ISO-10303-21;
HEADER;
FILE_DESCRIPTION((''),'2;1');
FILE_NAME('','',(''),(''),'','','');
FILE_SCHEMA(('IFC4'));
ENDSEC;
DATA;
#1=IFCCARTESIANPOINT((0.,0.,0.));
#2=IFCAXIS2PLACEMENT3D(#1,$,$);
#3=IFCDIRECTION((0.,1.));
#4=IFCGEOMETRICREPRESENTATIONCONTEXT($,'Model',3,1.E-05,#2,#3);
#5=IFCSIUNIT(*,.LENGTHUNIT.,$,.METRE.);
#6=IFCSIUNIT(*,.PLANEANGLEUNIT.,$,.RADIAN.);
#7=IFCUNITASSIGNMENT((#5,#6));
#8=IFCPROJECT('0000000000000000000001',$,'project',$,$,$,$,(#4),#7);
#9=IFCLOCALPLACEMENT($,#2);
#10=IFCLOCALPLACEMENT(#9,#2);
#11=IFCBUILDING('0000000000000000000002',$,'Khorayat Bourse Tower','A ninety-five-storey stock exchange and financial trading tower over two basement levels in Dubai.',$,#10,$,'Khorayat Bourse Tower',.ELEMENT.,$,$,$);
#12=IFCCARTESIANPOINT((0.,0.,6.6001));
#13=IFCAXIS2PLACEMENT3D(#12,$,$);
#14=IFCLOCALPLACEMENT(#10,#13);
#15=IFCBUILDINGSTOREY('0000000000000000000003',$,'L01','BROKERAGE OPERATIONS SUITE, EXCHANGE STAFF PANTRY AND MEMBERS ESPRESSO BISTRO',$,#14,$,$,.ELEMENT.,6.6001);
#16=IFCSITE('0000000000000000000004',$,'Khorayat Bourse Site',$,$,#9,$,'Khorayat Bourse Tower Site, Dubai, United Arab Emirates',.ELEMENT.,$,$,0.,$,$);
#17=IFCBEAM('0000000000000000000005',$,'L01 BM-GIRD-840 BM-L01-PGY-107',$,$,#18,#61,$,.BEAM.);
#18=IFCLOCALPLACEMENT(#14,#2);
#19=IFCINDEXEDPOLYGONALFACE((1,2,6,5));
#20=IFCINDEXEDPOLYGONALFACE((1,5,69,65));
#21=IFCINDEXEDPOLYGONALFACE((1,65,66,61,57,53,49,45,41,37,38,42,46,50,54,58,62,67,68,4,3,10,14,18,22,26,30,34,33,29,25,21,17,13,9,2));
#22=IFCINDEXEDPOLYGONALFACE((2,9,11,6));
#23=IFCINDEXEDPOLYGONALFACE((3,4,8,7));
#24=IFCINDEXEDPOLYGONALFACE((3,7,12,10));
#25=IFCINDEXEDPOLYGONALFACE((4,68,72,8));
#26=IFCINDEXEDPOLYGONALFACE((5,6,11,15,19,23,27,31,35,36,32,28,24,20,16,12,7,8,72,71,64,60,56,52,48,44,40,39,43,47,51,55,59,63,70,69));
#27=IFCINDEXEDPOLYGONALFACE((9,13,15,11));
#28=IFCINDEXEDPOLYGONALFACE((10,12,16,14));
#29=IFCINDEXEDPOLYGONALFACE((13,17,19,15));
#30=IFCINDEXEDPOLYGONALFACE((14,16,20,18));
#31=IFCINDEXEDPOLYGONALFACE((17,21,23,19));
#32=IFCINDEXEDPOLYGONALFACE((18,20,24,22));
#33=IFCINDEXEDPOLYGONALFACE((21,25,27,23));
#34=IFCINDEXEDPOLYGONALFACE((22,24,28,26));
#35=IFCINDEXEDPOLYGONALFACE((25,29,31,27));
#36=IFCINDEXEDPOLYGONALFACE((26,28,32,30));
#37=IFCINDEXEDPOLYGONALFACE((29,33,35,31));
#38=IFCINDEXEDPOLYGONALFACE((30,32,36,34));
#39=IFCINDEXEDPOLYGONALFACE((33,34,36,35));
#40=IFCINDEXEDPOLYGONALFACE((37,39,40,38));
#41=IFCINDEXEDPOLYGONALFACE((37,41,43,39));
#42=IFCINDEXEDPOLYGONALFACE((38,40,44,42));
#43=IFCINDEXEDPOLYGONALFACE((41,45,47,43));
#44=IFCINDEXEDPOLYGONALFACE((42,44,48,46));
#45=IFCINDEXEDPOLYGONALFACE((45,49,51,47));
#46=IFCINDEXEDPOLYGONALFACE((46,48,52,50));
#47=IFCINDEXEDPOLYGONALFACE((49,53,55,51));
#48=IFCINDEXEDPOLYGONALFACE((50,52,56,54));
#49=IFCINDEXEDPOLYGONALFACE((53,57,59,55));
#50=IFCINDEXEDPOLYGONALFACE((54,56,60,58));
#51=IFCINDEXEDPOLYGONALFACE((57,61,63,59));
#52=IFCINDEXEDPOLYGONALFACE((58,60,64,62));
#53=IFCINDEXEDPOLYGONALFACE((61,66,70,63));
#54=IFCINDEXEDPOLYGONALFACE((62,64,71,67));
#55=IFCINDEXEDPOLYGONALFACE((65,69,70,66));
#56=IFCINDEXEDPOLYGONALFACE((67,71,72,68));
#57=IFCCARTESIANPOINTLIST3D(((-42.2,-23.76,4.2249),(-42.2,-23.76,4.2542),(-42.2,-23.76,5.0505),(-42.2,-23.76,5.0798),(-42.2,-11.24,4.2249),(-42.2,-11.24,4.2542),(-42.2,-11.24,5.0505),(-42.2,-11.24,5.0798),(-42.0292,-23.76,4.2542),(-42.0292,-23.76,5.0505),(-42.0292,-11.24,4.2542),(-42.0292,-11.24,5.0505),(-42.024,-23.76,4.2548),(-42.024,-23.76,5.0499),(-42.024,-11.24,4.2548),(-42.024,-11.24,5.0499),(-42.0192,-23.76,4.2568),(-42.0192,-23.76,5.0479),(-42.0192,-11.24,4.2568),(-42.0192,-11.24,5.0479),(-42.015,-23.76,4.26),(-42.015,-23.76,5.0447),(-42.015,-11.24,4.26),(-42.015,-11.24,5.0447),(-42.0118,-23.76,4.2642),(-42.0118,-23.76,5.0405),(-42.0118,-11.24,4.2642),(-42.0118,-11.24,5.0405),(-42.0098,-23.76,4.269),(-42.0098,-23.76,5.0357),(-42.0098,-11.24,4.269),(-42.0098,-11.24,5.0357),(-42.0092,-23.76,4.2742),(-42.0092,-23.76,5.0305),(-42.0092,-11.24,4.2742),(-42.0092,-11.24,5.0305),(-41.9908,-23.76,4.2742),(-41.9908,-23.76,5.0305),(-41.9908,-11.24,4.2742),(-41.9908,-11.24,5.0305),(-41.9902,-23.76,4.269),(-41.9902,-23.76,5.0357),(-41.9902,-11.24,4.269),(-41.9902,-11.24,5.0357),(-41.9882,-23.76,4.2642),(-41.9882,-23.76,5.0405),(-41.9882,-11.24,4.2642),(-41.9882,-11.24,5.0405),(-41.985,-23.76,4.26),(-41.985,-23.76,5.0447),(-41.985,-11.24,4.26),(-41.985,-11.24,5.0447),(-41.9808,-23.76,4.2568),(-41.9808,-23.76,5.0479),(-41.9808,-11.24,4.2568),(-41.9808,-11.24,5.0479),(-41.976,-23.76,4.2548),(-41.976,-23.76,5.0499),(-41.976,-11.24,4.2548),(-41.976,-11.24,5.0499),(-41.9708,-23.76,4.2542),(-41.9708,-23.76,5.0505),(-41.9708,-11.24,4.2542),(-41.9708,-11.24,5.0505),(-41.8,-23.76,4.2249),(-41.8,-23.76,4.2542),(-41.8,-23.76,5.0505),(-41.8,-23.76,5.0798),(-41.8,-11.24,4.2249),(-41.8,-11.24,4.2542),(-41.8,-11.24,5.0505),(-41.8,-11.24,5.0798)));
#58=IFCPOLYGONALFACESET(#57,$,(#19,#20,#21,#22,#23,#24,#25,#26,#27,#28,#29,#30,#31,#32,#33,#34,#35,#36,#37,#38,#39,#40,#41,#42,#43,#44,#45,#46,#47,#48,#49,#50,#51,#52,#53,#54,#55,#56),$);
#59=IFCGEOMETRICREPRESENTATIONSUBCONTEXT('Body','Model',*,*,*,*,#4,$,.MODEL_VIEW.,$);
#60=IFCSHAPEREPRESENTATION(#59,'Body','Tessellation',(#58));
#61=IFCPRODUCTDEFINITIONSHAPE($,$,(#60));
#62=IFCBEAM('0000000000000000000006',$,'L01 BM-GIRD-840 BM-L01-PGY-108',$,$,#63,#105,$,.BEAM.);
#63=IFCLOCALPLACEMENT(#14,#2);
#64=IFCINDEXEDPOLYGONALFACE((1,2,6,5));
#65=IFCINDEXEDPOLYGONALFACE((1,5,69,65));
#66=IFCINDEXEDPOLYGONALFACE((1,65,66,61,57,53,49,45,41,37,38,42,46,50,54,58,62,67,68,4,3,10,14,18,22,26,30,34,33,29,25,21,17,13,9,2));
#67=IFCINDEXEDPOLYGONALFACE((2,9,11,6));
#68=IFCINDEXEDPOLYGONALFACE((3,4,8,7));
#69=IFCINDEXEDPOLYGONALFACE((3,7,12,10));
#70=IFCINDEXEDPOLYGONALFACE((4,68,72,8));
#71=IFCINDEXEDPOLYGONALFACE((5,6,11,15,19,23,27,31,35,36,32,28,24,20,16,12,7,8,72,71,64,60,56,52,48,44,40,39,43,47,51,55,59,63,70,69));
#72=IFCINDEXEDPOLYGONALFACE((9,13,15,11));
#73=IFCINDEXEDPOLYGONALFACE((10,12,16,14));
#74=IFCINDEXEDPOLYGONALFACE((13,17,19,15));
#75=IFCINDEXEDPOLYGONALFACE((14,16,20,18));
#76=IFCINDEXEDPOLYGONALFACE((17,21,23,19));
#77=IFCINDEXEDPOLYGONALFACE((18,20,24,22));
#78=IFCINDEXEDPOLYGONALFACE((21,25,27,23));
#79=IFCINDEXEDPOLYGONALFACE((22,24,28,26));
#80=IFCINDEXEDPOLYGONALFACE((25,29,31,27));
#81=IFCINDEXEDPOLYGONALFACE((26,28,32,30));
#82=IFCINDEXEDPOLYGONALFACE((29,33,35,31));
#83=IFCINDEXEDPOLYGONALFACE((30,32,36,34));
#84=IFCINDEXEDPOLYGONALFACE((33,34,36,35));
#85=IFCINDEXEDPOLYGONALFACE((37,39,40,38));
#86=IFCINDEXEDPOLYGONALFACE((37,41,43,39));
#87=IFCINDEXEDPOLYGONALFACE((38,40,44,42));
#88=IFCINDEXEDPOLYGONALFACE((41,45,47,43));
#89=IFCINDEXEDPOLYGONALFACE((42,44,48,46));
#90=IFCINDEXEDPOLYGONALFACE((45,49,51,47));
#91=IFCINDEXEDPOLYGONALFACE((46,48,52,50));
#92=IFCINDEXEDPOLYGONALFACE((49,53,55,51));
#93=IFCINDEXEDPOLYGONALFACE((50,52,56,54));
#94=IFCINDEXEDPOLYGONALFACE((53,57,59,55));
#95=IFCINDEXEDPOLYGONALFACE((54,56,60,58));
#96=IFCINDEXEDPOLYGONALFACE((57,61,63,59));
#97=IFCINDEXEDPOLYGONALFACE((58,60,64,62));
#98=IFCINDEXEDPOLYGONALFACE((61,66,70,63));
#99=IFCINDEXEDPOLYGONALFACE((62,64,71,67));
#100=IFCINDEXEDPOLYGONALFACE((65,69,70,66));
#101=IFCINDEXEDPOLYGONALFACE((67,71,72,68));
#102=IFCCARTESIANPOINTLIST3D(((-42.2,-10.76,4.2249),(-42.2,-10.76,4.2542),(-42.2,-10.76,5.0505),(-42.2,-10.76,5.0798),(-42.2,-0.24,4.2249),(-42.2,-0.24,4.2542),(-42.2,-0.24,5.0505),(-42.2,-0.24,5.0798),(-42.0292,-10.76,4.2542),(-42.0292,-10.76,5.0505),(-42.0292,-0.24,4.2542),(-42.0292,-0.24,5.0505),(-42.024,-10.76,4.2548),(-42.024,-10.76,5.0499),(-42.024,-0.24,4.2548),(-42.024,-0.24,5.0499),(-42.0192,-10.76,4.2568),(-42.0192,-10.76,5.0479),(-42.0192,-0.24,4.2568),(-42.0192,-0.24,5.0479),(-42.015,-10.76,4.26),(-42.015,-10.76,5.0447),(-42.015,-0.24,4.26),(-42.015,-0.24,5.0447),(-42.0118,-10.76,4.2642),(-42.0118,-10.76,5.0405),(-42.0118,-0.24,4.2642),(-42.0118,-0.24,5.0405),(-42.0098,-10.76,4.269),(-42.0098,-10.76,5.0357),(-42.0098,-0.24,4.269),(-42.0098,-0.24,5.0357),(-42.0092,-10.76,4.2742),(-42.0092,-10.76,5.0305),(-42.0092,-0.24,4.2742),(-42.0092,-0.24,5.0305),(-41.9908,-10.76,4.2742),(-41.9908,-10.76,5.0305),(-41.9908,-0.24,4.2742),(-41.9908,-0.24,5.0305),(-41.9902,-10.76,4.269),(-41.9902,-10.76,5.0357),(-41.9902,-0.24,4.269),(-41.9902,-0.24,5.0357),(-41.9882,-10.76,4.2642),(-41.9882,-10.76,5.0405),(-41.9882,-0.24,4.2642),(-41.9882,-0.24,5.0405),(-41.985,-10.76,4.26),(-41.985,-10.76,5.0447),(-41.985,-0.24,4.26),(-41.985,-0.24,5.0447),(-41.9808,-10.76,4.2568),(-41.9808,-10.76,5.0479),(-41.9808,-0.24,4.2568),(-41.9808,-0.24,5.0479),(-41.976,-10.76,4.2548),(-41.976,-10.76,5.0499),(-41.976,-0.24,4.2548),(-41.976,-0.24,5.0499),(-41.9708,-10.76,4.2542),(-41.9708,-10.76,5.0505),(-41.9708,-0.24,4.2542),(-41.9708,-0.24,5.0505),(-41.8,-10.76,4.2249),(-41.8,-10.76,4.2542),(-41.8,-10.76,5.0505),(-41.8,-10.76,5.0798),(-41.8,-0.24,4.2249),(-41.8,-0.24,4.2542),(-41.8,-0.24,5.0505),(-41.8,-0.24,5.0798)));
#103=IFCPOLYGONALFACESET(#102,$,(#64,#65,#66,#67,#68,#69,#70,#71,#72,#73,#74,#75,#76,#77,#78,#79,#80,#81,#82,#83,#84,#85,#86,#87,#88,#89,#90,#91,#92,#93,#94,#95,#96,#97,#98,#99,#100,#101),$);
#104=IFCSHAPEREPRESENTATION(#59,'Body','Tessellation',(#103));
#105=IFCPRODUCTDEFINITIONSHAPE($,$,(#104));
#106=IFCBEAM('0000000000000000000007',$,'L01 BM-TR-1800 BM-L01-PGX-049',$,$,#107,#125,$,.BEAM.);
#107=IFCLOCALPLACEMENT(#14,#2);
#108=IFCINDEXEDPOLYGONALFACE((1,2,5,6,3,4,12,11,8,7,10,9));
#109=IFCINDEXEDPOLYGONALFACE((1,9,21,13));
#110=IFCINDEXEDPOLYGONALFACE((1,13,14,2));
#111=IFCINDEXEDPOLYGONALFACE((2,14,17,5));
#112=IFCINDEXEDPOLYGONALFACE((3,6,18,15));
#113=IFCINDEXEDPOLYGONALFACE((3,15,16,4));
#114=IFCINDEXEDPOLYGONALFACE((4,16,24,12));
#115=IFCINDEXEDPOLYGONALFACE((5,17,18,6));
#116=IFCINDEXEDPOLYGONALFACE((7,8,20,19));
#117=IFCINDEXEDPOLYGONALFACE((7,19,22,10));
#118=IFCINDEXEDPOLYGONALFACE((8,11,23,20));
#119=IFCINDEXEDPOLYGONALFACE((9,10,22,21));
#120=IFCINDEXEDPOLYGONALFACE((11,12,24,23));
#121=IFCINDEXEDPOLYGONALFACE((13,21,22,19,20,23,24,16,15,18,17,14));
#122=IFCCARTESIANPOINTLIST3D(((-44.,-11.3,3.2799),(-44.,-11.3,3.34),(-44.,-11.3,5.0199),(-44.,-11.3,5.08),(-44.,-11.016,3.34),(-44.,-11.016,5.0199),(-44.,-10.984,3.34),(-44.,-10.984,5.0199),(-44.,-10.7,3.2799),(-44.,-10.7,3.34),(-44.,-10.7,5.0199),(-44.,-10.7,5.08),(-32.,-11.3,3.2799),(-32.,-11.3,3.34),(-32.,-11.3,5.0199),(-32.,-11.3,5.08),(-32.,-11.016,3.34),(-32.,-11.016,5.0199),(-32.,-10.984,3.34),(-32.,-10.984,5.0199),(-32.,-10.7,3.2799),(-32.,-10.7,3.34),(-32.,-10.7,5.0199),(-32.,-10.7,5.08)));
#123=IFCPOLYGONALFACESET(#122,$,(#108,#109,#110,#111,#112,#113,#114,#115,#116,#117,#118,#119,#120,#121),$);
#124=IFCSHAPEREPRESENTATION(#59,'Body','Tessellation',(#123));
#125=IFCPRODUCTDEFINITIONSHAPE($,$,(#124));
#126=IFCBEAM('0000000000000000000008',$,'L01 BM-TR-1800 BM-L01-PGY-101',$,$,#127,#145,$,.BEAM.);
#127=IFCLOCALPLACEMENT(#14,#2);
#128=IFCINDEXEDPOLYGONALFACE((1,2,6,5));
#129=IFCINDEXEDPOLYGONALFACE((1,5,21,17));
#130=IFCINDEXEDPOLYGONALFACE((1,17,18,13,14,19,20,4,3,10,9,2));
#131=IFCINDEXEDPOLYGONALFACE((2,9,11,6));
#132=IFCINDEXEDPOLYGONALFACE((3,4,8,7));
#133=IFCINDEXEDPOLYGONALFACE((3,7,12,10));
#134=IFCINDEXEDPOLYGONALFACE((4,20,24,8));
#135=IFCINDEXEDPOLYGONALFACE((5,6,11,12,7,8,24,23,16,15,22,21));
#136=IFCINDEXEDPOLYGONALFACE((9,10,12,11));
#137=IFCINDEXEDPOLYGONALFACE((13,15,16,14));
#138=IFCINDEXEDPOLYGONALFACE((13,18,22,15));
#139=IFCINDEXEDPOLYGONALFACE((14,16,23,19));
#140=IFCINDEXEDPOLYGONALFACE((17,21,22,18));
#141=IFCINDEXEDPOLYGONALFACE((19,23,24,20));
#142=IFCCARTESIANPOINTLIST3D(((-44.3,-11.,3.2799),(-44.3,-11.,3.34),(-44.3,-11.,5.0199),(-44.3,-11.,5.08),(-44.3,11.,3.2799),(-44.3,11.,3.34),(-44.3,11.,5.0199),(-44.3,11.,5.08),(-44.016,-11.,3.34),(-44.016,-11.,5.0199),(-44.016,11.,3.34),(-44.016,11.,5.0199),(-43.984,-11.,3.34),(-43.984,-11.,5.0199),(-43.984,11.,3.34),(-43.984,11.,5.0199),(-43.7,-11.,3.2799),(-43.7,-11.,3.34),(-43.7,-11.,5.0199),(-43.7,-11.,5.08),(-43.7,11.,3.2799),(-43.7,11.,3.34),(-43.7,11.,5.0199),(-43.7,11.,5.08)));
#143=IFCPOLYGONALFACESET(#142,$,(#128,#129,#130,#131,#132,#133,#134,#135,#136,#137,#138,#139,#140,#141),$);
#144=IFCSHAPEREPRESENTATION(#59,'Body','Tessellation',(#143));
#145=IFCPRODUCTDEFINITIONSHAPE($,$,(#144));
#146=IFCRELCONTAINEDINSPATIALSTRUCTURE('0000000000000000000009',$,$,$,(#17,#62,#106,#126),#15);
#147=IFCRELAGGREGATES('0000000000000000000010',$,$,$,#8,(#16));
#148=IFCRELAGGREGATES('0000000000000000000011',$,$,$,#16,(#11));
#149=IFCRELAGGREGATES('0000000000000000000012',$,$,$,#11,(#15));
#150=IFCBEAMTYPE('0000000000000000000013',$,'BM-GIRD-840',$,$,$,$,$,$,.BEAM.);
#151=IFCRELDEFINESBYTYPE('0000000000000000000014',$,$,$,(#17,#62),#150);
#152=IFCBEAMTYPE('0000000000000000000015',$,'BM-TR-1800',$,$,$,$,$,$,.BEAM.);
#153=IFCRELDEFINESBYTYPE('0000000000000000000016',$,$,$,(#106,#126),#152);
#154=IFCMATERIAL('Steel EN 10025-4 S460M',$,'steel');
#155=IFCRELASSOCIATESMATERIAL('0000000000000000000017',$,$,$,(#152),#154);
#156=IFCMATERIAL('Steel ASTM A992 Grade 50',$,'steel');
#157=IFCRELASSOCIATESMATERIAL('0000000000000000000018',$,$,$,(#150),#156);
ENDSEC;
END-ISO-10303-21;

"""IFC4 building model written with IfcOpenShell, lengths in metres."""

from ifc_helpers import new_model, si_unit, direction, frame, origin, origin_2d, place, context, subcontext, project, spatial, i_section, extrude, source, transform, mapped, material, material_profile, profile_set, type_object, element, save


model = new_model("IFC4")

# Units and contexts
model_context = context("Model", 3, precision=1e-05, world=origin(), true_north=direction((0.0, 1.0)))
body_context = subcontext(model_context, "Body", "Model", "MODEL_VIEW")
ifc_project = project(units=[si_unit("LENGTHUNIT", "METRE"), si_unit("PLANEANGLEUNIT", "RADIAN")], contexts=[model_context])

# Site, building, storey
site_placement = place(None, origin())
site = spatial("IfcSite", under=ifc_project, at=site_placement, Name="Khorayat Bourse Site", LongName="Khorayat Bourse Tower Site, Dubai, United Arab Emirates", CompositionType="ELEMENT", RefElevation=0.0)
building_placement = place(site_placement, origin())
building = spatial("IfcBuilding", under=site, at=building_placement, Name="Khorayat Bourse Tower", Description="A ninety-five-storey stock exchange and financial trading tower over two basement levels in Dubai.", LongName="Khorayat Bourse Tower", CompositionType="ELEMENT")
storey_placement = place(building_placement, frame((0.0, 0.0, 6.6001)))
storey = spatial("IfcBuildingStorey", under=building, at=storey_placement, Name="L01", Description="BROKERAGE OPERATIONS SUITE, EXCHANGE STAFF PANTRY AND MEMBERS ESPRESSO BISTRO", CompositionType="ELEMENT", Elevation=6.6001)

# Beams
ifc_material_1 = material(Name="Steel EN 10025-4 S460M", Category="steel")
ifc_material_profile_1 = material_profile(ifc_material_1, i_section(OverallWidth=0.6001, OverallDepth=1.8, WebThickness=0.032, FlangeThickness=0.0601, at=origin_2d()), Name="PG 1800x600x32x60")
ifc_profile_set_1 = profile_set([ifc_material_profile_1], Name="Steel EN 10025-4 S460M")
beam_type_1 = type_object("IfcBeamType", Name="BM-TR-1800", PredefinedType="BEAM", material=ifc_profile_set_1)
ifc_material_2 = material(Name="Steel ASTM A992 Grade 50", Category="steel")
ifc_material_profile_2 = material_profile(ifc_material_2, i_section(OverallWidth=0.3999, OverallDepth=0.855, WebThickness=0.0183, FlangeThickness=0.0293, FilletRadius=0.02, at=origin_2d()), Name="W840X299")
ifc_profile_set_2 = profile_set([ifc_material_profile_2], Name="Steel ASTM A992 Grade 50")
beam_type_2 = type_object("IfcBeamType", Name="BM-GIRD-840", PredefinedType="BEAM", material=ifc_profile_set_2)
shared_shape_1 = source(origin(), body_context, "Body", "SweptSolid", [
    extrude(i_section(OverallWidth=0.3999, OverallDepth=0.855, WebThickness=0.0183, FlangeThickness=0.0293, FilletRadius=0.02, at=origin_2d()), origin(), (0.0, 0.0, 1.0), 12.52),
])
beam_1_placement = place(storey_placement, frame((-42.0, -23.76, 4.6523), z_axis=(0.0, 1.0, 0.0), x_axis=(-1.0, 0.0, 0.0)))
element("IfcBeam", 1, at=beam_1_placement, inside=storey, type_object=beam_type_2, Name="L01 BM-GIRD-840 BM-L01-PGY-107", PredefinedType="BEAM", context=body_context, shape_type="MappedRepresentation", body=[
    mapped(shared_shape_1, transform((0.0, 0.0, 0.0), scale=1.0)),
])
shared_shape_2 = source(origin(), body_context, "Body", "SweptSolid", [
    extrude(i_section(OverallWidth=0.3999, OverallDepth=0.855, WebThickness=0.0183, FlangeThickness=0.0293, FilletRadius=0.02, at=origin_2d()), origin(), (0.0, 0.0, 1.0), 10.52),
])
beam_2_placement = place(storey_placement, frame((-42.0, -10.76, 4.6523), z_axis=(0.0, 1.0, 0.0), x_axis=(-1.0, 0.0, 0.0)))
element("IfcBeam", 2, at=beam_2_placement, inside=storey, type_object=beam_type_2, Name="L01 BM-GIRD-840 BM-L01-PGY-108", PredefinedType="BEAM", context=body_context, shape_type="MappedRepresentation", body=[
    mapped(shared_shape_2, transform((0.0, 0.0, 0.0), scale=1.0)),
])
shared_shape_3 = source(origin(), body_context, "Body", "SweptSolid", [
    extrude(i_section(OverallWidth=0.6001, OverallDepth=1.8, WebThickness=0.032, FlangeThickness=0.0601, at=origin_2d()), origin(), (0.0, 0.0, 1.0), 12.0),
])
beam_3_placement = place(storey_placement, frame((-44.0, -11.0, 4.1799), z_axis=(1.0, 0.0, 0.0), x_axis=(0.0, 1.0, 0.0)))
element("IfcBeam", 3, at=beam_3_placement, inside=storey, type_object=beam_type_1, Name="L01 BM-TR-1800 BM-L01-PGX-049", PredefinedType="BEAM", context=body_context, shape_type="MappedRepresentation", body=[
    mapped(shared_shape_3, transform((0.0, 0.0, 0.0), scale=1.0)),
])
shared_shape_4 = source(origin(), body_context, "Body", "SweptSolid", [
    extrude(i_section(OverallWidth=0.6001, OverallDepth=1.8, WebThickness=0.032, FlangeThickness=0.0601, at=origin_2d()), origin(), (0.0, 0.0, 1.0), 22.0),
])
beam_4_placement = place(storey_placement, frame((-44.0, -11.0, 4.1799), z_axis=(0.0, 1.0, 0.0), x_axis=(-1.0, 0.0, 0.0)))
element("IfcBeam", 4, at=beam_4_placement, inside=storey, type_object=beam_type_1, Name="L01 BM-TR-1800 BM-L01-PGY-101", PredefinedType="BEAM", context=body_context, shape_type="MappedRepresentation", body=[
    mapped(shared_shape_4, transform((0.0, 0.0, 0.0), scale=1.0)),
])

save(model, "model.ifc")
